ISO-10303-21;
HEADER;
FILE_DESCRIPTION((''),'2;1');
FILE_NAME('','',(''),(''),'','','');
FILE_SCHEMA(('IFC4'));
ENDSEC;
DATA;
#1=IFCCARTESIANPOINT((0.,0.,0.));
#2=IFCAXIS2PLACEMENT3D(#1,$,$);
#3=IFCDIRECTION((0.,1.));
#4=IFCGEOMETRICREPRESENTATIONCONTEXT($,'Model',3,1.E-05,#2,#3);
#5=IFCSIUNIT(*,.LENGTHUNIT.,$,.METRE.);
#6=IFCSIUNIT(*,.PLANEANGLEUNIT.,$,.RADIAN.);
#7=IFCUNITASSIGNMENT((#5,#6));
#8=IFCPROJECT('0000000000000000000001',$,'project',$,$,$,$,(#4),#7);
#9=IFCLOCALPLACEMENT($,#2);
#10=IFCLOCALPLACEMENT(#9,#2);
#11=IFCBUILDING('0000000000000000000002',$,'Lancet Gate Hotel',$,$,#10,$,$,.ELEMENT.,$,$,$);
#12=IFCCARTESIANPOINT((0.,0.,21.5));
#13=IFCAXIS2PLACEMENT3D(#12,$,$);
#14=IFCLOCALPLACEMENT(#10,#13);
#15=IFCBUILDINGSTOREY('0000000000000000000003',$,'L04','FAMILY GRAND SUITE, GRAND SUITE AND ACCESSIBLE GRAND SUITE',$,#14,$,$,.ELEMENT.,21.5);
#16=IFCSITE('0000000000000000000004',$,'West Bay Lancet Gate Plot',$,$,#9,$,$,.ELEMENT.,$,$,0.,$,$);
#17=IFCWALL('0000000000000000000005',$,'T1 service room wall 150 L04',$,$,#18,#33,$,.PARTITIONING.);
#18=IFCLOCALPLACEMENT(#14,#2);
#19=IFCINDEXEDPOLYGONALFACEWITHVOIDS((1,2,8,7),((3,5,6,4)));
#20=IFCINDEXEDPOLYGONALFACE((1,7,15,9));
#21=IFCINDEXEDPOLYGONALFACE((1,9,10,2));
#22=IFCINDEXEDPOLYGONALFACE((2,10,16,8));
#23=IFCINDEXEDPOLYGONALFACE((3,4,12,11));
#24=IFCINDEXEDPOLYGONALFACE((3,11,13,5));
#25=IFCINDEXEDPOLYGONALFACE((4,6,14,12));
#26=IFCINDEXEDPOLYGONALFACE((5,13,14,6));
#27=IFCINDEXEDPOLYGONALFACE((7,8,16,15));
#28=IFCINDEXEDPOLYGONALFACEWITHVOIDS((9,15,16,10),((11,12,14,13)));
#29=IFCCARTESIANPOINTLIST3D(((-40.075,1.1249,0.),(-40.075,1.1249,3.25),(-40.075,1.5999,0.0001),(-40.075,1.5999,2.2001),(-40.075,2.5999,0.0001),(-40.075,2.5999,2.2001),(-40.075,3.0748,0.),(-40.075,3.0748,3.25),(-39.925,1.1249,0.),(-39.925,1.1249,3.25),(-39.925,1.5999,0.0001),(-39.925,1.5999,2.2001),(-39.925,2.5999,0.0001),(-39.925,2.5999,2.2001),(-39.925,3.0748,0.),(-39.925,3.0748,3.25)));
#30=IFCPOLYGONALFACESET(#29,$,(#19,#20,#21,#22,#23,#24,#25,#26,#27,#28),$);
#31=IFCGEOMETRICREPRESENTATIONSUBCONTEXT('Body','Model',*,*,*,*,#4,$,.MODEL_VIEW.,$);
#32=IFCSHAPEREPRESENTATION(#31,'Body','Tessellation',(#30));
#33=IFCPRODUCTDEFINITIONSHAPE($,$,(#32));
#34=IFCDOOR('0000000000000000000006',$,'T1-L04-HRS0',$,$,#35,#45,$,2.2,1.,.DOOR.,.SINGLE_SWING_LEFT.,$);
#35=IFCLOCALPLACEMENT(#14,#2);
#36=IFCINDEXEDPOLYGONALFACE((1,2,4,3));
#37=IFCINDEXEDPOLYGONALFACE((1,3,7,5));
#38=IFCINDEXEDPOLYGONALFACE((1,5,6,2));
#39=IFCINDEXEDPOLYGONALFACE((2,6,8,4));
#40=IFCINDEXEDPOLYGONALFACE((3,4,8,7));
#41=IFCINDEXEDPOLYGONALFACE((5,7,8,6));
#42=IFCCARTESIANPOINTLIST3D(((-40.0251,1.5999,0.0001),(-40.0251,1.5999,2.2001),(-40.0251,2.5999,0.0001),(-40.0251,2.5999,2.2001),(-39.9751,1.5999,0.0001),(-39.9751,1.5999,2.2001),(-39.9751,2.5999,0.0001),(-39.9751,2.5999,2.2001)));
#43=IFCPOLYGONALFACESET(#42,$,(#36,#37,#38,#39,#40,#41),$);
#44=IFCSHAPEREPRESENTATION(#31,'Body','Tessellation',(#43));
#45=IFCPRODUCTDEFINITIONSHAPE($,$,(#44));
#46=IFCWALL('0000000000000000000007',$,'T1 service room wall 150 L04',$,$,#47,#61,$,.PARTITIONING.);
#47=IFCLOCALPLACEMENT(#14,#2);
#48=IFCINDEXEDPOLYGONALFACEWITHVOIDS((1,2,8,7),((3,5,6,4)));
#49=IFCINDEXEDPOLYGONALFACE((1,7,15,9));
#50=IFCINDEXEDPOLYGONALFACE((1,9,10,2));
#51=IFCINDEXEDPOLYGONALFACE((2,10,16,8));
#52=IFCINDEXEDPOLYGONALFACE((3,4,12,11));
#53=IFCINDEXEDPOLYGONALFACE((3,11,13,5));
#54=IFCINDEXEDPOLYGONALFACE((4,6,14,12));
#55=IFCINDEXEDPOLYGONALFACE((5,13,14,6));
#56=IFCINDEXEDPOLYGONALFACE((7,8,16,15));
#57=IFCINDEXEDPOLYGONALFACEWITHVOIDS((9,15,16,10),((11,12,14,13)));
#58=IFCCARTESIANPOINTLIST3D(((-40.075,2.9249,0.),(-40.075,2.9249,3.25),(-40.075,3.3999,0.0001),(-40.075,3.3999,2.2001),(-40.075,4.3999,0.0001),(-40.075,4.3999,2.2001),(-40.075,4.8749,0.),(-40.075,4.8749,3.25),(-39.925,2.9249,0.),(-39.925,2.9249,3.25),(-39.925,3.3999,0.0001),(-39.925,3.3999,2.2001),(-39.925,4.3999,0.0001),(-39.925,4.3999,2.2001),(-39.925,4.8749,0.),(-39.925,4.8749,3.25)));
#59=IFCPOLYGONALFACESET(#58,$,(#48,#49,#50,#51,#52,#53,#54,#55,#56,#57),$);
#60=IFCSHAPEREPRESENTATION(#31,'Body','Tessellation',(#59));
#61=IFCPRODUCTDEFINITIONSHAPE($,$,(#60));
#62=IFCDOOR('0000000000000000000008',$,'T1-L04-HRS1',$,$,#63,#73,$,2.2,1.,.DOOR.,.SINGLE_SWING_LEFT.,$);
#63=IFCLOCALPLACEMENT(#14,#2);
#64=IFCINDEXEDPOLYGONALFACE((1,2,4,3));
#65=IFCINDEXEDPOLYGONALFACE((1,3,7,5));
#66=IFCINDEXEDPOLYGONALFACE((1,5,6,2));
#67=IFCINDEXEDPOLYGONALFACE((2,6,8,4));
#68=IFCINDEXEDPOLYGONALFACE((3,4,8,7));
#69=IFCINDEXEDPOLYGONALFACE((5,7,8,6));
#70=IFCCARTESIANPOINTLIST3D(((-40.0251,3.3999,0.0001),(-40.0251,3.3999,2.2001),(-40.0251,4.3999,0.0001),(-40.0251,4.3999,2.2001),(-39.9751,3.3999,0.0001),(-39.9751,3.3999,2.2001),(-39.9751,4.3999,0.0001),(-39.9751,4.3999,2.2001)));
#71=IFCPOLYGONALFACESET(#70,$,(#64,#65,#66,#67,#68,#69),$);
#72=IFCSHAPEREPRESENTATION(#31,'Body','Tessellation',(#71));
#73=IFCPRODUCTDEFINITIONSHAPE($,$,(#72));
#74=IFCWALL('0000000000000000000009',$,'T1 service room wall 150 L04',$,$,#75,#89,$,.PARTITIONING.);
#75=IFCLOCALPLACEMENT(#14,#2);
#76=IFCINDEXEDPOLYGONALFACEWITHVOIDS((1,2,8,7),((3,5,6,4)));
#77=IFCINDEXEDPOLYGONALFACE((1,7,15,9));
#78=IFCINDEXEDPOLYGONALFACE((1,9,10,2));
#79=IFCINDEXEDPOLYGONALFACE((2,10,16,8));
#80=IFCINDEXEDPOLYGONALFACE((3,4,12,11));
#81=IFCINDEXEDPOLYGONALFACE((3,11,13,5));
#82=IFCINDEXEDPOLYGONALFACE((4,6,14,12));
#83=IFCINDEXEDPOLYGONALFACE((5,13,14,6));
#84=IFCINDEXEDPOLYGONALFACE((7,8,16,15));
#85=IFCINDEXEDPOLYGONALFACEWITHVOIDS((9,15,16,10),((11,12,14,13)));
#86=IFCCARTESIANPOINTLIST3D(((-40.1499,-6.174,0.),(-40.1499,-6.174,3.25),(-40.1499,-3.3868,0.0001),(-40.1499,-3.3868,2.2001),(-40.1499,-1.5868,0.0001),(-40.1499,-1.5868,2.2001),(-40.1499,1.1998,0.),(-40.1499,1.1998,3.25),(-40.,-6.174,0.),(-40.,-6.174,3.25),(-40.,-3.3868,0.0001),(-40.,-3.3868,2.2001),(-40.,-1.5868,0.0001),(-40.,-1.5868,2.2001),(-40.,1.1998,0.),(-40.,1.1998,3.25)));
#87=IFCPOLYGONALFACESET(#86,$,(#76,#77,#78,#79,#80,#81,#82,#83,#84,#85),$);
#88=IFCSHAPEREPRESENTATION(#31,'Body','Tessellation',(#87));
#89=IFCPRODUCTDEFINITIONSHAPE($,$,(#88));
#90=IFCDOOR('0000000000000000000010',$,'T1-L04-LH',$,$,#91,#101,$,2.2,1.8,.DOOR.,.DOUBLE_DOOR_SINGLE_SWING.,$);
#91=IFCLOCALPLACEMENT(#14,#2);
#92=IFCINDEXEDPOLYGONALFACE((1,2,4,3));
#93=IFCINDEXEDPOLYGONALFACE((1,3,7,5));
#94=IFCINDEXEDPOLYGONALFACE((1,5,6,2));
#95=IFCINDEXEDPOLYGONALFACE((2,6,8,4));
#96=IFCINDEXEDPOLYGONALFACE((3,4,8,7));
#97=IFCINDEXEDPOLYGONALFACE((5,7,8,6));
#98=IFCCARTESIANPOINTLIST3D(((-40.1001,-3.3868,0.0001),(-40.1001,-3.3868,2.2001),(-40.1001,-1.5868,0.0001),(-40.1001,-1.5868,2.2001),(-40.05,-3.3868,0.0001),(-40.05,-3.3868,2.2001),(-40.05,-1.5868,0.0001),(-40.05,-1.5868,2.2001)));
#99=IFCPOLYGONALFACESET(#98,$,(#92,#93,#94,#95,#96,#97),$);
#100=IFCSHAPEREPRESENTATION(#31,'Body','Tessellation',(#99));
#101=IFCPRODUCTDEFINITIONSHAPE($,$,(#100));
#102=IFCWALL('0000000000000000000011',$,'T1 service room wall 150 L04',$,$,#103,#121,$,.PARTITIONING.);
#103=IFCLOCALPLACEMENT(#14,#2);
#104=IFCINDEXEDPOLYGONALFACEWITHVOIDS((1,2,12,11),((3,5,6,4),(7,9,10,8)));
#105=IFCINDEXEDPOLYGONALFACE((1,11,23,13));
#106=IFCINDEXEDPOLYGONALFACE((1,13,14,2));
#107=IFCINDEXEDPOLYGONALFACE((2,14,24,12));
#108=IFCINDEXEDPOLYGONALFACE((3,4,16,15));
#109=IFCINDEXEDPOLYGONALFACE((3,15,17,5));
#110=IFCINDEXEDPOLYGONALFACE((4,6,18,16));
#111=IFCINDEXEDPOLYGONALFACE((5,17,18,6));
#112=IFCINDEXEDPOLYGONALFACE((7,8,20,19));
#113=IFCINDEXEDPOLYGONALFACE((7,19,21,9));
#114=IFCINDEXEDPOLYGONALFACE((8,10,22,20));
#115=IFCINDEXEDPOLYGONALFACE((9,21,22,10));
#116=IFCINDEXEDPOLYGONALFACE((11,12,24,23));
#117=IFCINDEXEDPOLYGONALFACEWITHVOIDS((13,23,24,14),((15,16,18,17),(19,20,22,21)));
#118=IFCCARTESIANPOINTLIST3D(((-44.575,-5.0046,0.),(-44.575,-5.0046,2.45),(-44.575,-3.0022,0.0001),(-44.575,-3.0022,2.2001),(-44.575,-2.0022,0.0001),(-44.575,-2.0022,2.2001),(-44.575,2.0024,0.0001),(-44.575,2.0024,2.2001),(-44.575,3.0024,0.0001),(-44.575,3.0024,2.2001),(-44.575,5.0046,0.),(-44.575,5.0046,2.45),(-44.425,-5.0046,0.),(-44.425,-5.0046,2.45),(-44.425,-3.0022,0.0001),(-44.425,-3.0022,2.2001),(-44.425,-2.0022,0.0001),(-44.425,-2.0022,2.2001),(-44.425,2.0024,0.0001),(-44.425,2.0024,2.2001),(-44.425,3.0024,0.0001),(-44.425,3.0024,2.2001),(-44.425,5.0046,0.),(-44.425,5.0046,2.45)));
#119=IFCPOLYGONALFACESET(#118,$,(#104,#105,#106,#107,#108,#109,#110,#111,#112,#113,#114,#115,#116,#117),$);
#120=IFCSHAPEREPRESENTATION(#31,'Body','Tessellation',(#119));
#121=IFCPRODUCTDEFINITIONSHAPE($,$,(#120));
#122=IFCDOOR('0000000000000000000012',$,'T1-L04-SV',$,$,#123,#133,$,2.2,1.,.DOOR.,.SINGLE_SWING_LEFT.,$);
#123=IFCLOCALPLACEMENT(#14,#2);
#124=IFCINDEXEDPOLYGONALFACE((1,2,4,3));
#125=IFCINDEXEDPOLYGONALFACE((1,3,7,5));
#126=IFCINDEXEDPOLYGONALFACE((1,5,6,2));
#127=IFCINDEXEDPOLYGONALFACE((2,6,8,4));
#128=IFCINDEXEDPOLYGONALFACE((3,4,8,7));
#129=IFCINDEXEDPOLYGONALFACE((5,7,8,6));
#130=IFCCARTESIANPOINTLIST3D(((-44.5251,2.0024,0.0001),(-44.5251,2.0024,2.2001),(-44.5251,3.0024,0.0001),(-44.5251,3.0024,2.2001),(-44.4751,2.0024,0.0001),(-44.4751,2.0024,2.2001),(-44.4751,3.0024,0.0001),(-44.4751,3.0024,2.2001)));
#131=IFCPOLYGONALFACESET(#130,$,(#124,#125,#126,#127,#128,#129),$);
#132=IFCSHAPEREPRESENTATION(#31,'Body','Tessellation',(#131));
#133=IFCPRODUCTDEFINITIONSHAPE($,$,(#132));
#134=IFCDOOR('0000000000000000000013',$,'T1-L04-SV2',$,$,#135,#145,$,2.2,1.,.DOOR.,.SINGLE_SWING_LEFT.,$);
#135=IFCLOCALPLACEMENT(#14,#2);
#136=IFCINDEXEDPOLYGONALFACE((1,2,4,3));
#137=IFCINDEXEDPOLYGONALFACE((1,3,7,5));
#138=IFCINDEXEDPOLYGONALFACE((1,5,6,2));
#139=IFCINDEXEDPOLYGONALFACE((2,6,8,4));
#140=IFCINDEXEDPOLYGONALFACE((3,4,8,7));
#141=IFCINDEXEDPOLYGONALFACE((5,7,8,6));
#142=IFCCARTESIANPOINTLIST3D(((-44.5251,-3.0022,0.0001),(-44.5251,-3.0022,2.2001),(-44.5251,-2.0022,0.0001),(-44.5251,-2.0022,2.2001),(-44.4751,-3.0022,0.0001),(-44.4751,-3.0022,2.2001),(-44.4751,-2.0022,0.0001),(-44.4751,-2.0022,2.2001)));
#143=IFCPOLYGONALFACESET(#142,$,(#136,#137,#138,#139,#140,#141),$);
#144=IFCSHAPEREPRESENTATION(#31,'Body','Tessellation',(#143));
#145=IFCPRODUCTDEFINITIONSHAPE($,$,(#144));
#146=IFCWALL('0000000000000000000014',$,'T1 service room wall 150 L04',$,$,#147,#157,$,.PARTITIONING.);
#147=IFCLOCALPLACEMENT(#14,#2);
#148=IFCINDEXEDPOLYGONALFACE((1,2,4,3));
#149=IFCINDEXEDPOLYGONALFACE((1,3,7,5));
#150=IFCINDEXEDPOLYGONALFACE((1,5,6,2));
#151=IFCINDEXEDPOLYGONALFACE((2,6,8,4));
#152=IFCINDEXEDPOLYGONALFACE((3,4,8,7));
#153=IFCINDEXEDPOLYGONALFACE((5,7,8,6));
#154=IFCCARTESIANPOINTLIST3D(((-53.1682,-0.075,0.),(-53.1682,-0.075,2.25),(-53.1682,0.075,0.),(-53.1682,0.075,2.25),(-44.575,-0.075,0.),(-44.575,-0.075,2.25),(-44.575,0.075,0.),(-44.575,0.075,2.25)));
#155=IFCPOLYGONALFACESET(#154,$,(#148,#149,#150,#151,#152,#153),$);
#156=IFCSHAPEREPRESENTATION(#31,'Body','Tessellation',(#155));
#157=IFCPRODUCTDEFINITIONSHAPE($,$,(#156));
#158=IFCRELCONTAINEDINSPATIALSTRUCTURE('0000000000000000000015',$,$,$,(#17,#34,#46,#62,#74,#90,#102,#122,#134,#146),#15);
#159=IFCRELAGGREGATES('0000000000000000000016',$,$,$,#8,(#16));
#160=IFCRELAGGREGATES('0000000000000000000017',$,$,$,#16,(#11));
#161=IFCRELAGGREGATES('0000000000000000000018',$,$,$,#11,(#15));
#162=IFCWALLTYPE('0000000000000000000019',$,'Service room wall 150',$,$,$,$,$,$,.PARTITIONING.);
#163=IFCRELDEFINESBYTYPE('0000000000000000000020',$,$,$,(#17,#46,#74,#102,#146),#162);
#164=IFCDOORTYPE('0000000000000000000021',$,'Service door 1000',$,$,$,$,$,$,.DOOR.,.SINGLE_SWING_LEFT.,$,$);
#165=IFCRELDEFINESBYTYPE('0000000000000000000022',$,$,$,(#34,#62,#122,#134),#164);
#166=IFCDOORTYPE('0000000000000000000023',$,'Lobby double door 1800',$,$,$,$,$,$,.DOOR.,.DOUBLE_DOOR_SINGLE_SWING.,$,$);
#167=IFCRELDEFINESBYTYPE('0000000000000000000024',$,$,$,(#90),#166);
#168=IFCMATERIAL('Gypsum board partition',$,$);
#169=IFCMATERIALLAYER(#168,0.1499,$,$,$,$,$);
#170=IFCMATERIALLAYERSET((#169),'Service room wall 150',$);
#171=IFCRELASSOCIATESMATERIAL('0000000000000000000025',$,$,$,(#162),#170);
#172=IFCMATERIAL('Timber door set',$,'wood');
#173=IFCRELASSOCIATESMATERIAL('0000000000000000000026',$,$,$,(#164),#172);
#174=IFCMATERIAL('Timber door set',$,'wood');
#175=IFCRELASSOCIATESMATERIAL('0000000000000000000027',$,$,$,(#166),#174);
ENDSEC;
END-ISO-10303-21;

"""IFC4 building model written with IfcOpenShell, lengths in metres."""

from ifc_helpers import new_model, si_unit, direction, frame, frame_2d, origin, place, context, subcontext, project, spatial, rectangle, extrude, material, layer, layer_set, type_object, element, fill, save


model = new_model("IFC4")

# Units and contexts
model_context = context("Model", 3, precision=1e-05, world=origin(), true_north=direction((0.0, 1.0)))
body_context = subcontext(model_context, "Body", "Model", "MODEL_VIEW")
ifc_project = project(units=[si_unit("LENGTHUNIT", "METRE"), si_unit("PLANEANGLEUNIT", "RADIAN")], contexts=[model_context])

# Site, building, storey
site_placement = place(None, origin())
site = spatial("IfcSite", under=ifc_project, at=site_placement, Name="West Bay Lancet Gate Plot", CompositionType="ELEMENT", RefElevation=0.0)
building_placement = place(site_placement, origin())
building = spatial("IfcBuilding", under=site, at=building_placement, Name="Lancet Gate Hotel", CompositionType="ELEMENT")
storey_placement = place(building_placement, frame((0.0, 0.0, 21.5)))
storey = spatial("IfcBuildingStorey", under=building, at=storey_placement, Name="L04", Description="FAMILY GRAND SUITE, GRAND SUITE AND ACCESSIBLE GRAND SUITE", CompositionType="ELEMENT", Elevation=21.5)

# Walls, openings, doors
ifc_material_1 = material(Name="Gypsum board partition")
ifc_layer_1 = layer(ifc_material_1, 0.1499)
ifc_layer_set_1 = layer_set([ifc_layer_1], Name="Service room wall 150")
wall_type_1 = type_object("IfcWallType", Name="Service room wall 150", PredefinedType="PARTITIONING", material=ifc_layer_set_1)
wall_1_placement = place(storey_placement, frame((-40.0, 3.075, 0.0), z_axis=(0.0, 0.0, 1.0), x_axis=(0.0, -1.0, 0.0)))
wall_1 = element("IfcWall", 1, at=wall_1_placement, inside=storey, type_object=wall_type_1, Name="T1 service room wall 150 L04", PredefinedType="PARTITIONING", context=body_context, shape_type="SweptSolid", body=[
    extrude(rectangle(XDim=1.95, YDim=0.1499, at=frame_2d((0.9751, 0.0))), origin(), (0.0, 0.0, 1.0), 3.25),
])
opening_1_placement = place(wall_1_placement, frame((0.4751, 0.0, 0.0)))
opening_1 = element("IfcOpeningElement", 2, at=opening_1_placement, cuts=wall_1, PredefinedType="OPENING", context=body_context, shape_type="SweptSolid", body=[
    extrude(rectangle(XDim=1.0, YDim=2.2, at=frame_2d((0.5, 1.1001))), frame((0.0, 0.085, 0.0), z_axis=(0.0, -1.0, 0.0), x_axis=(1.0, 0.0, 0.0)), (0.0, 0.0, 1.0), 0.1699),
])
ifc_material_2 = material(Name="Timber door set", Category="wood")
door_type_1 = type_object("IfcDoorType", Name="Service door 1000", OperationType="SINGLE_SWING_LEFT", PredefinedType="DOOR", material=ifc_material_2)
door_1_placement = place(opening_1_placement, origin())
door_1 = element("IfcDoor", 3, at=door_1_placement, inside=storey, type_object=door_type_1, Name="T1-L04-HRS0", OperationType="SINGLE_SWING_LEFT", OverallHeight=2.2, OverallWidth=1.0, PredefinedType="DOOR", context=body_context, shape_type="SweptSolid", body=[
    extrude(rectangle(XDim=1.0, YDim=2.2, at=frame_2d((0.5, 1.1001))), frame((0.0, 0.0249, 0.0), z_axis=(0.0, -1.0, 0.0), x_axis=(1.0, 0.0, 0.0)), (0.0, 0.0, 1.0), 0.05),
])
fill(opening_1, door_1)
wall_2_placement = place(storey_placement, frame((-40.0, 4.875, 0.0), z_axis=(0.0, 0.0, 1.0), x_axis=(0.0, -1.0, 0.0)))
wall_2 = element("IfcWall", 4, at=wall_2_placement, inside=storey, type_object=wall_type_1, Name="T1 service room wall 150 L04", PredefinedType="PARTITIONING", context=body_context, shape_type="SweptSolid", body=[
    extrude(rectangle(XDim=1.95, YDim=0.1499, at=frame_2d((0.9751, 0.0))), origin(), (0.0, 0.0, 1.0), 3.25),
])
opening_2_placement = place(wall_2_placement, frame((0.4751, 0.0, 0.0)))
opening_2 = element("IfcOpeningElement", 5, at=opening_2_placement, cuts=wall_2, PredefinedType="OPENING", context=body_context, shape_type="SweptSolid", body=[
    extrude(rectangle(XDim=1.0, YDim=2.2, at=frame_2d((0.5, 1.1001))), frame((0.0, 0.085, 0.0), z_axis=(0.0, -1.0, 0.0), x_axis=(1.0, 0.0, 0.0)), (0.0, 0.0, 1.0), 0.1699),
])
door_2_placement = place(opening_2_placement, origin())
door_2 = element("IfcDoor", 6, at=door_2_placement, inside=storey, type_object=door_type_1, Name="T1-L04-HRS1", OperationType="SINGLE_SWING_LEFT", OverallHeight=2.2, OverallWidth=1.0, PredefinedType="DOOR", context=body_context, shape_type="SweptSolid", body=[
    extrude(rectangle(XDim=1.0, YDim=2.2, at=frame_2d((0.5, 1.1001))), frame((0.0, 0.0249, 0.0), z_axis=(0.0, -1.0, 0.0), x_axis=(1.0, 0.0, 0.0)), (0.0, 0.0, 1.0), 0.05),
])
fill(opening_2, door_2)
wall_3_placement = place(storey_placement, frame((-40.075, 1.2, 0.0), z_axis=(0.0, 0.0, 1.0), x_axis=(0.0, -1.0, 0.0)))
wall_3 = element("IfcWall", 7, at=wall_3_placement, inside=storey, type_object=wall_type_1, Name="T1 service room wall 150 L04", PredefinedType="PARTITIONING", context=body_context, shape_type="SweptSolid", body=[
    extrude(rectangle(XDim=7.3738, YDim=0.1499, at=frame_2d((3.687, 0.0))), origin(), (0.0, 0.0, 1.0), 3.25),
])
opening_3_placement = place(wall_3_placement, frame((2.7869, 0.0, 0.0)))
opening_3 = element("IfcOpeningElement", 8, at=opening_3_placement, cuts=wall_3, PredefinedType="OPENING", context=body_context, shape_type="SweptSolid", body=[
    extrude(rectangle(XDim=1.8, YDim=2.2, at=frame_2d((0.8999, 1.1001))), frame((0.0, 0.085, 0.0), z_axis=(0.0, -1.0, 0.0), x_axis=(1.0, 0.0, 0.0)), (0.0, 0.0, 1.0), 0.1699),
])
ifc_material_3 = material(Name="Timber door set", Category="wood")
door_type_2 = type_object("IfcDoorType", Name="Lobby double door 1800", OperationType="DOUBLE_DOOR_SINGLE_SWING", PredefinedType="DOOR", material=ifc_material_3)
door_3_placement = place(opening_3_placement, origin())
door_3 = element("IfcDoor", 9, at=door_3_placement, inside=storey, type_object=door_type_2, Name="T1-L04-LH", OperationType="DOUBLE_DOOR_SINGLE_SWING", OverallHeight=2.2, OverallWidth=1.8, PredefinedType="DOOR", context=body_context, shape_type="SweptSolid", body=[
    extrude(rectangle(XDim=1.8, YDim=2.2, at=frame_2d((0.8999, 1.1001))), frame((0.0, 0.0249, 0.0), z_axis=(0.0, -1.0, 0.0), x_axis=(1.0, 0.0, 0.0)), (0.0, 0.0, 1.0), 0.05),
])
fill(opening_3, door_3)

# Wall, openings, doors
wall_4_placement = place(storey_placement, frame((-44.5, 5.0046, 0.0), z_axis=(0.0, 0.0, 1.0), x_axis=(0.0, -1.0, 0.0)))
wall_4 = element("IfcWall", 10, at=wall_4_placement, inside=storey, type_object=wall_type_1, Name="T1 service room wall 150 L04", PredefinedType="PARTITIONING", context=body_context, shape_type="SweptSolid", body=[
    extrude(rectangle(XDim=10.0093, YDim=0.1499, at=frame_2d((5.0046, 0.0))), origin(), (0.0, 0.0, 1.0), 2.45),
])
opening_4_placement = place(wall_4_placement, frame((2.0022, 0.0, 0.0)))
opening_4 = element("IfcOpeningElement", 11, at=opening_4_placement, cuts=wall_4, PredefinedType="OPENING", context=body_context, shape_type="SweptSolid", body=[
    extrude(rectangle(XDim=1.0, YDim=2.2, at=frame_2d((0.5, 1.1001))), frame((0.0, 0.085, 0.0), z_axis=(0.0, -1.0, 0.0), x_axis=(1.0, 0.0, 0.0)), (0.0, 0.0, 1.0), 0.1699),
])
opening_5_placement = place(wall_4_placement, frame((7.0068, 0.0, 0.0)))
opening_5 = element("IfcOpeningElement", 12, at=opening_5_placement, cuts=wall_4, PredefinedType="OPENING", context=body_context, shape_type="SweptSolid", body=[
    extrude(rectangle(XDim=1.0, YDim=2.2, at=frame_2d((0.5, 1.1001))), frame((0.0, 0.085, 0.0), z_axis=(0.0, -1.0, 0.0), x_axis=(1.0, 0.0, 0.0)), (0.0, 0.0, 1.0), 0.1699),
])
door_4_placement = place(opening_4_placement, origin())
door_4 = element("IfcDoor", 13, at=door_4_placement, inside=storey, type_object=door_type_1, Name="T1-L04-SV", OperationType="SINGLE_SWING_LEFT", OverallHeight=2.2, OverallWidth=1.0, PredefinedType="DOOR", context=body_context, shape_type="SweptSolid", body=[
    extrude(rectangle(XDim=1.0, YDim=2.2, at=frame_2d((0.5, 1.1001))), frame((0.0, 0.0249, 0.0), z_axis=(0.0, -1.0, 0.0), x_axis=(1.0, 0.0, 0.0)), (0.0, 0.0, 1.0), 0.05),
])
fill(opening_4, door_4)
door_5_placement = place(opening_5_placement, origin())
door_5 = element("IfcDoor", 14, at=door_5_placement, inside=storey, type_object=door_type_1, Name="T1-L04-SV2", OperationType="SINGLE_SWING_LEFT", OverallHeight=2.2, OverallWidth=1.0, PredefinedType="DOOR", context=body_context, shape_type="SweptSolid", body=[
    extrude(rectangle(XDim=1.0, YDim=2.2, at=frame_2d((0.5, 1.1001))), frame((0.0, 0.0249, 0.0), z_axis=(0.0, -1.0, 0.0), x_axis=(1.0, 0.0, 0.0)), (0.0, 0.0, 1.0), 0.05),
])
fill(opening_5, door_5)

# Wall
wall_5_placement = place(storey_placement, frame((-44.575, 0.0, 0.0), z_axis=(0.0, 0.0, 1.0), x_axis=(-1.0, 0.0, 0.0)))
element("IfcWall", 15, at=wall_5_placement, inside=storey, type_object=wall_type_1, Name="T1 service room wall 150 L04", PredefinedType="PARTITIONING", context=body_context, shape_type="SweptSolid", body=[
    extrude(rectangle(XDim=8.5933, YDim=0.1499, at=frame_2d((4.2966, 0.0))), origin(), (0.0, 0.0, 1.0), 2.25),
])

save(model, "model.ifc")
